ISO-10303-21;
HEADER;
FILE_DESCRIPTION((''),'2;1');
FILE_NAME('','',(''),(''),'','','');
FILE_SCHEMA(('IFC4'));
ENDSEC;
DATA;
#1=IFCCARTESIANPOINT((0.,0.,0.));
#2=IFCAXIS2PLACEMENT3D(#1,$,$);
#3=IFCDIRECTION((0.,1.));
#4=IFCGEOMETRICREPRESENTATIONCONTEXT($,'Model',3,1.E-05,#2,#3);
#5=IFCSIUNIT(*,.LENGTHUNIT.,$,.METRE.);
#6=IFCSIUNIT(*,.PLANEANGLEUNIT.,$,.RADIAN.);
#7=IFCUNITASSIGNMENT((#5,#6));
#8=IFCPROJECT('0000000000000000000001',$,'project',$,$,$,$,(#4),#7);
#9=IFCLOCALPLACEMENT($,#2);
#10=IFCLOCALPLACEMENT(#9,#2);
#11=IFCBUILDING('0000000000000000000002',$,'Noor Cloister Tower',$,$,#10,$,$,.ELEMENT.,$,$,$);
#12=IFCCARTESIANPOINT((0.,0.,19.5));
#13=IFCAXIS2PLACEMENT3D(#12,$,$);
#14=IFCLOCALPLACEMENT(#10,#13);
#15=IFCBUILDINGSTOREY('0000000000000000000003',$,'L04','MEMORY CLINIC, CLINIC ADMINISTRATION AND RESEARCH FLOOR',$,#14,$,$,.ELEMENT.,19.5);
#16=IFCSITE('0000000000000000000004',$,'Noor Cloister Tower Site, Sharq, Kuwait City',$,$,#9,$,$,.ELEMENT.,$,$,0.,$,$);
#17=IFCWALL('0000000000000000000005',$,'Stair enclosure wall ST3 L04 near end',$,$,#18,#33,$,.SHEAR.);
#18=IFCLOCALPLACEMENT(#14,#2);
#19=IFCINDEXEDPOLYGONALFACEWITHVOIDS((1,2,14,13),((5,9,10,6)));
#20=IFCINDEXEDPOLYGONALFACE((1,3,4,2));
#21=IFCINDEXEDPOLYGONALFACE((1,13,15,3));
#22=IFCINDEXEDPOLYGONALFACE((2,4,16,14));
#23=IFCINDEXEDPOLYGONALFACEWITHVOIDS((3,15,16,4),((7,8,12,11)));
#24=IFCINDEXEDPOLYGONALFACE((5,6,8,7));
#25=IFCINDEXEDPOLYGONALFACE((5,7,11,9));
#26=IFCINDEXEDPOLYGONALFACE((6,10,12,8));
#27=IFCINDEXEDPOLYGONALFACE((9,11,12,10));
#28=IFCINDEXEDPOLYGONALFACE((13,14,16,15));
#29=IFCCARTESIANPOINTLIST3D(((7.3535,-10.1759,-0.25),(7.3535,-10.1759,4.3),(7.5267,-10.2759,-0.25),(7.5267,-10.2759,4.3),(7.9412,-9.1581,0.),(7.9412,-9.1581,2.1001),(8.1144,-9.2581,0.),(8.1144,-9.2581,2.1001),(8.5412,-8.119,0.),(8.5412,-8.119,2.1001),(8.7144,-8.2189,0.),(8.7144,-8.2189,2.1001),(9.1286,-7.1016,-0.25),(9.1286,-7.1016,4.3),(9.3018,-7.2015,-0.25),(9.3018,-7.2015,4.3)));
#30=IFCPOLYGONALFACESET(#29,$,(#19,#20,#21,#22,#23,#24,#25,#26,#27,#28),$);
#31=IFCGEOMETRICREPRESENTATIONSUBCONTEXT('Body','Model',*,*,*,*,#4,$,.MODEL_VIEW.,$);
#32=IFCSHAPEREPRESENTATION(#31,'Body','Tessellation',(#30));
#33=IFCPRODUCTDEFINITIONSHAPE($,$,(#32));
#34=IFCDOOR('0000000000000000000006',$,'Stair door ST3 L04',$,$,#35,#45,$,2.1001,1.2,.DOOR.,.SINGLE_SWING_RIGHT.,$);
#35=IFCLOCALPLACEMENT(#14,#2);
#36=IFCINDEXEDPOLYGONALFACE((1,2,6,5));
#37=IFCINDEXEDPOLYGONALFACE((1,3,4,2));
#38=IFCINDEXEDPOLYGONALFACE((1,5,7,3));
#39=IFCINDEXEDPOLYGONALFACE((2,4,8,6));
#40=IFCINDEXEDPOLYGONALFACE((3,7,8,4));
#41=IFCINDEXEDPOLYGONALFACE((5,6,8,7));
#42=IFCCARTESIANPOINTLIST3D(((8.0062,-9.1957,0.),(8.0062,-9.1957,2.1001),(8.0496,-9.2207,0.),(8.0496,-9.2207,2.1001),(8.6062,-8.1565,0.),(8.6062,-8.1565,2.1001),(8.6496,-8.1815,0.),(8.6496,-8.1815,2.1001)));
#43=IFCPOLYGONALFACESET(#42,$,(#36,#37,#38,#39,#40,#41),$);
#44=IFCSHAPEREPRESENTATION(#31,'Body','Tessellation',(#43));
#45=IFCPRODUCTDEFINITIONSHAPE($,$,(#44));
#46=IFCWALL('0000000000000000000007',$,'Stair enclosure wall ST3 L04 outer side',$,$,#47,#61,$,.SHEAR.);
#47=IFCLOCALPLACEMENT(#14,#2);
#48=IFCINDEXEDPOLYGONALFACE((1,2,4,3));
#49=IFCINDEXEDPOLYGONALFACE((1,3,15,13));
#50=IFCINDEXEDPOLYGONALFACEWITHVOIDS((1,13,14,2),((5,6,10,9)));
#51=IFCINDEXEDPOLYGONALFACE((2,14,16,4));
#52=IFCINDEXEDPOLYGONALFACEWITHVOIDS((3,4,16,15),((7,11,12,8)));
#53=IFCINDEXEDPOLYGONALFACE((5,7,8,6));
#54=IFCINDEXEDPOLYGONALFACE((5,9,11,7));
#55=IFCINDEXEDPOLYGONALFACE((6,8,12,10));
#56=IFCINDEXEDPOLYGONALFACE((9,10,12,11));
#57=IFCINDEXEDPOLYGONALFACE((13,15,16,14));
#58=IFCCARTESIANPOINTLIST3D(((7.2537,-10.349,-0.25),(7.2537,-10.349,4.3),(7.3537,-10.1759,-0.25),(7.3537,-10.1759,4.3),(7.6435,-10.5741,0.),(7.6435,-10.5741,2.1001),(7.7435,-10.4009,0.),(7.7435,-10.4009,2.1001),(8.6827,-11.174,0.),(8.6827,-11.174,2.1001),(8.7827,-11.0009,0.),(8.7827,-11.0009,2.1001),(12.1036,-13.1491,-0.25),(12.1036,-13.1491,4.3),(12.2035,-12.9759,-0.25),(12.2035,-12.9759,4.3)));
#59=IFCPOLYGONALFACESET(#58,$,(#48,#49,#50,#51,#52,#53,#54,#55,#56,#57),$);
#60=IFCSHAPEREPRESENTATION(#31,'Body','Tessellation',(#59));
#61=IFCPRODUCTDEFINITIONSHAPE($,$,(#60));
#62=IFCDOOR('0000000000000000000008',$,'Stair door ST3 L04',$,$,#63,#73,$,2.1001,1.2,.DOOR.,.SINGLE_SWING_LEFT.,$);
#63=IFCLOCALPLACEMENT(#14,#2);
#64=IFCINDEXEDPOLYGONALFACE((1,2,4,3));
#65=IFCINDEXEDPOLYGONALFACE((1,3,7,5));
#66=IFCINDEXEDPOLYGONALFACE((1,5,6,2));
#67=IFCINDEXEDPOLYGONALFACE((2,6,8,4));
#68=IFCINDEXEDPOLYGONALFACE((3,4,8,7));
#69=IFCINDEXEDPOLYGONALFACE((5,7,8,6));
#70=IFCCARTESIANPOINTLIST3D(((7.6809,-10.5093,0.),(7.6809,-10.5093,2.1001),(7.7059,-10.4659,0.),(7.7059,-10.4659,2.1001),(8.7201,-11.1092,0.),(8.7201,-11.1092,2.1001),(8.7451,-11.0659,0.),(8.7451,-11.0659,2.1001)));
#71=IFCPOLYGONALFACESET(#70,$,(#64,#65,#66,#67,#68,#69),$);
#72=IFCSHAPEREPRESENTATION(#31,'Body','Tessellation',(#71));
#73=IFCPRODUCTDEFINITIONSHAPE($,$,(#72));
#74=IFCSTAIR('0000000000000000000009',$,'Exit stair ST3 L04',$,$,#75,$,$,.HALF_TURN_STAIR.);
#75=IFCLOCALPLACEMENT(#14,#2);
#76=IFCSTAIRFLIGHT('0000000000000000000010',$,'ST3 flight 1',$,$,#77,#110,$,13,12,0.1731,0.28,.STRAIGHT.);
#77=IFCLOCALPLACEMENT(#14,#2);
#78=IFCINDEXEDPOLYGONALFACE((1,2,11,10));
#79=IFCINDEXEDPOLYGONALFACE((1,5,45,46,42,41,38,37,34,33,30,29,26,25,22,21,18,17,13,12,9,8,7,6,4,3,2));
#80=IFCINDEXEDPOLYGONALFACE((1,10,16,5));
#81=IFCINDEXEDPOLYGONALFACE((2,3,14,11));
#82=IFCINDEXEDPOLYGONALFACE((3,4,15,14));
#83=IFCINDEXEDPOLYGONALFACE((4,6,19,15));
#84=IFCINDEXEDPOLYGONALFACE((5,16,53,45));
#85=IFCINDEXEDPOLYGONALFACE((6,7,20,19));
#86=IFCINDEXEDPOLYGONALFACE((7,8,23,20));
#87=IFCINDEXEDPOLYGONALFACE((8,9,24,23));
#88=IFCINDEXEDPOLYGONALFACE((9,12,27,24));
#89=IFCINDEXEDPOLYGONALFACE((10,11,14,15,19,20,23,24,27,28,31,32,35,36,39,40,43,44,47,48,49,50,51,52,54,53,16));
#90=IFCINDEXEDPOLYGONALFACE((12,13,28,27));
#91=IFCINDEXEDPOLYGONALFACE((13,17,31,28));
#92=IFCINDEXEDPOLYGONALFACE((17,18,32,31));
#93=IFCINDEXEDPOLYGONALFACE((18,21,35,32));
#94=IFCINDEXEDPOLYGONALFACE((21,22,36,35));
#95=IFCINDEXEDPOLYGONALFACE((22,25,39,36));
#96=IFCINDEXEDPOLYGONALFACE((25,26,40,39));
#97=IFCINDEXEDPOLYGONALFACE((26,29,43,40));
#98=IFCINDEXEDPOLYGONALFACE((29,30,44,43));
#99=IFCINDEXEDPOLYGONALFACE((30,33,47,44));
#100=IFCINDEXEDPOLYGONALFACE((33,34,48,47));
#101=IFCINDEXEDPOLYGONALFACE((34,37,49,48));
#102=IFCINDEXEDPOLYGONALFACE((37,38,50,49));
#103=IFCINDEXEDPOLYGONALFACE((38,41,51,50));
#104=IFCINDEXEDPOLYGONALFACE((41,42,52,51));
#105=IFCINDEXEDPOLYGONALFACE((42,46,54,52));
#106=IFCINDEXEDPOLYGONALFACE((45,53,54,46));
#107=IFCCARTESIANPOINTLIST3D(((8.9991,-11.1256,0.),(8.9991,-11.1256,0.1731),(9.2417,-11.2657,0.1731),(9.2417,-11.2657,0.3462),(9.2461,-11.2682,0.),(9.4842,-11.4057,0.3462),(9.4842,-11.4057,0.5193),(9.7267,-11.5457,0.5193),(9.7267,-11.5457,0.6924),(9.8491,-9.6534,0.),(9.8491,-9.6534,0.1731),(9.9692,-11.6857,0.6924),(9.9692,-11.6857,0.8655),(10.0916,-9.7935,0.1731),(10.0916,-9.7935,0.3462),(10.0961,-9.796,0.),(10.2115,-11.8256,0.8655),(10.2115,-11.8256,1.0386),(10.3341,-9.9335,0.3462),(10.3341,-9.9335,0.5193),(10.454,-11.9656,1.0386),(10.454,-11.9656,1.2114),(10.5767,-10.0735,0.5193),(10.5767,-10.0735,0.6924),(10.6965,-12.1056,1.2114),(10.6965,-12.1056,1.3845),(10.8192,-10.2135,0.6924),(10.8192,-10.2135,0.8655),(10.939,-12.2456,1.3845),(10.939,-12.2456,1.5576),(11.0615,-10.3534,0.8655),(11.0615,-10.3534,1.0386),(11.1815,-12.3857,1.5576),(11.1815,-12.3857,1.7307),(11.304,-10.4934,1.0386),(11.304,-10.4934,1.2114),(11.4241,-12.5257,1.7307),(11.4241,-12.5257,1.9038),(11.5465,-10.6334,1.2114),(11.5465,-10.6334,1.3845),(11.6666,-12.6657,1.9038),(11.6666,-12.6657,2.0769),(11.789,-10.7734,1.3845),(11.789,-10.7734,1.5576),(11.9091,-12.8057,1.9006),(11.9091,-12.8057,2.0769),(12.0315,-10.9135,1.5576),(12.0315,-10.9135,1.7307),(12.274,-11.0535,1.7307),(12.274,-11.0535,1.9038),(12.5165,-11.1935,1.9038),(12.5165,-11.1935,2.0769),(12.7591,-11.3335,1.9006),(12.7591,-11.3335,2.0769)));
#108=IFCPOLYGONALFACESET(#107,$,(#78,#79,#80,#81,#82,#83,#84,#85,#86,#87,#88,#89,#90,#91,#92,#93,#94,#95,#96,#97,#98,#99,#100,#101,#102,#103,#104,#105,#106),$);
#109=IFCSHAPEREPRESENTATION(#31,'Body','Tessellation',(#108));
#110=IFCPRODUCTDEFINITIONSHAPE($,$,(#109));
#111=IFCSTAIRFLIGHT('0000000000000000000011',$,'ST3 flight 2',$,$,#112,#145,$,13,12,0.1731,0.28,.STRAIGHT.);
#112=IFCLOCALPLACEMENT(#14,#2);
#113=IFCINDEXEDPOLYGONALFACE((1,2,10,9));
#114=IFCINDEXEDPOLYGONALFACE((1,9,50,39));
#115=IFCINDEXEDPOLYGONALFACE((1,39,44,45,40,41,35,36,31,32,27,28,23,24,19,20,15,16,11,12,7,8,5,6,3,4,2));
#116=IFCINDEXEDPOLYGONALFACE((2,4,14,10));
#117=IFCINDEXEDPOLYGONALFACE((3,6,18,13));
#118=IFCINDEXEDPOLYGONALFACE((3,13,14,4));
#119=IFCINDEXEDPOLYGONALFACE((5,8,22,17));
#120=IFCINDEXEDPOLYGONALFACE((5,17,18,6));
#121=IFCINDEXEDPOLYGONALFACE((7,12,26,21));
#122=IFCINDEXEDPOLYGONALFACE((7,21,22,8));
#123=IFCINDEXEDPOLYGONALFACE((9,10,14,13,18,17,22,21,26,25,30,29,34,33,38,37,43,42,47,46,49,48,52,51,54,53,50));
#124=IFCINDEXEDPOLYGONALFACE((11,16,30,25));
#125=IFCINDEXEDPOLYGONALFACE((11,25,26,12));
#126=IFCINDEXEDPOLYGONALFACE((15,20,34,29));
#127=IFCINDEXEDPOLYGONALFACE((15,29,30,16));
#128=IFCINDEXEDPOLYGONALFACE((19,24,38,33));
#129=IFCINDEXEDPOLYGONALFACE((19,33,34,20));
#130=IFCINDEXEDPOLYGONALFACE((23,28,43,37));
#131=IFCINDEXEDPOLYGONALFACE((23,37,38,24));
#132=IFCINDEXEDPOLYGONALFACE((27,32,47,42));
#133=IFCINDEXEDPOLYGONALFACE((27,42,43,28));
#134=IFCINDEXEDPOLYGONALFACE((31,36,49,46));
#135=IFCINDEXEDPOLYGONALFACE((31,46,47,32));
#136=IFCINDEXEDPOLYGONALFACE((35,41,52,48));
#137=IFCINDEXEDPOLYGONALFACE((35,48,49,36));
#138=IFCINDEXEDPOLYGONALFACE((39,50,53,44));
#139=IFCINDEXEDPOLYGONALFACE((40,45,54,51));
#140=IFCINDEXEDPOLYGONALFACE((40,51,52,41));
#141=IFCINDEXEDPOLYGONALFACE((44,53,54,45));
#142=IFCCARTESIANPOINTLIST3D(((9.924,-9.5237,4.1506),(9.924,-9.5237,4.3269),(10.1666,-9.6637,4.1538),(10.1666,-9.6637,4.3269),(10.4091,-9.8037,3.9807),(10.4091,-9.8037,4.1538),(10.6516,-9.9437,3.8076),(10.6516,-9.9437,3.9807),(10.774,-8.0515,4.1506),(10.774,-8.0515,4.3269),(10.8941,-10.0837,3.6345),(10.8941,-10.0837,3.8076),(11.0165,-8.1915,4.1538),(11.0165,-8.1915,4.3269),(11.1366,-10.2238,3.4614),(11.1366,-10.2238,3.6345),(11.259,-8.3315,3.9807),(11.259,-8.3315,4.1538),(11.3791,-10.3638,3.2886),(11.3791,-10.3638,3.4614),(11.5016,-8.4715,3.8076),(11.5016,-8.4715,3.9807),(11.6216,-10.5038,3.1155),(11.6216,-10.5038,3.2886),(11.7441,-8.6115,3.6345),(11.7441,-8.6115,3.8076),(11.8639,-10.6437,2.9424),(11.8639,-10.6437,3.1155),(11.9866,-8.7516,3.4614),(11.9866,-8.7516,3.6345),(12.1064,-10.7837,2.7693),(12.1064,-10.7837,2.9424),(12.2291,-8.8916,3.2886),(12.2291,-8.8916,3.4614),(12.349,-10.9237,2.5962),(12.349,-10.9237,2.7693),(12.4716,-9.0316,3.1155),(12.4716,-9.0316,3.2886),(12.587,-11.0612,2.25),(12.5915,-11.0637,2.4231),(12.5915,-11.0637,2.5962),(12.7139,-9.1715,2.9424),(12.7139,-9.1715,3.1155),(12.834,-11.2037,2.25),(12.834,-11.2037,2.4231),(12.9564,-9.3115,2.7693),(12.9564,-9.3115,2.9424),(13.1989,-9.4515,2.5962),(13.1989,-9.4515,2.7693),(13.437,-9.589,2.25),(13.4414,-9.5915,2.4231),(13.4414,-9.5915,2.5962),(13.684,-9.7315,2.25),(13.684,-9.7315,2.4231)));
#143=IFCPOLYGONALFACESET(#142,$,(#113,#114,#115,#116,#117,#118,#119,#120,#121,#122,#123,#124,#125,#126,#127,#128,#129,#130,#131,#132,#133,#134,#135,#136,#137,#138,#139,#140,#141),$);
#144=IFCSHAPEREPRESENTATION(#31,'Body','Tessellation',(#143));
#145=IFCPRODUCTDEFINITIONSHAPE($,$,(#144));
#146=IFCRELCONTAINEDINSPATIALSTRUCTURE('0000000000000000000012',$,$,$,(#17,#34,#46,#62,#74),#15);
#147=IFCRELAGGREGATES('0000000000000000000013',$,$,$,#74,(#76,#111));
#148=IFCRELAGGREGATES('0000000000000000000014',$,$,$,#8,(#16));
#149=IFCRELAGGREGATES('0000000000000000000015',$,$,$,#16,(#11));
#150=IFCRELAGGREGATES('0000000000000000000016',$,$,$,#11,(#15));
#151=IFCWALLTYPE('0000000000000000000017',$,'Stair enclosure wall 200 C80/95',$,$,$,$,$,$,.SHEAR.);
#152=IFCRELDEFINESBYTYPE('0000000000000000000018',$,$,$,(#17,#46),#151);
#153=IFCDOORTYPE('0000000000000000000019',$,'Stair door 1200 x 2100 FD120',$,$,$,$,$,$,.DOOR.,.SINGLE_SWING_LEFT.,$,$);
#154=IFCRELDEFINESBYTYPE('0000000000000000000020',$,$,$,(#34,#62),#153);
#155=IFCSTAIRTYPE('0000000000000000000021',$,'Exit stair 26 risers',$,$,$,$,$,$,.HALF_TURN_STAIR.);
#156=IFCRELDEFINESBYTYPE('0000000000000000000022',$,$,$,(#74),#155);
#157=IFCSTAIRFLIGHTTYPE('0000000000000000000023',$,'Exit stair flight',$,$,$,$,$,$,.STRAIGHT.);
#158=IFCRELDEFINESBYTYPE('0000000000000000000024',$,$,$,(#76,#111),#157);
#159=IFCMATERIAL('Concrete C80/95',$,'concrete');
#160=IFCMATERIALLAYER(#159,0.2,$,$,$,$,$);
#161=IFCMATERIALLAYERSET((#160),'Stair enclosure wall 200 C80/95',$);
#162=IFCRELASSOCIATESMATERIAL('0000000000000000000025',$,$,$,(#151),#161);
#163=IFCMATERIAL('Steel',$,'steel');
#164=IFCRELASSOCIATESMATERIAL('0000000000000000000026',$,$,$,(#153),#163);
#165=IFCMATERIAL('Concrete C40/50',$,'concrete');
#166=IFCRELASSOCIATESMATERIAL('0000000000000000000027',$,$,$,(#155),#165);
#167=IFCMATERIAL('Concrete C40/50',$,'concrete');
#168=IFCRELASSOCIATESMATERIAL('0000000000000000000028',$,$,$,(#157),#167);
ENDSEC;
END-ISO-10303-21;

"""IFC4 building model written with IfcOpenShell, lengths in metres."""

from ifc_helpers import new_model, si_unit, direction, frame, frame_2d, origin, place, context, subcontext, project, spatial, polyline, rectangle, outline, extrude, material, layer, layer_set, type_object, element, fill, aggregate, save


model = new_model("IFC4")

# Units and contexts
model_context = context("Model", 3, precision=1e-05, world=origin(), true_north=direction((0.0, 1.0)))
body_context = subcontext(model_context, "Body", "Model", "MODEL_VIEW")
ifc_project = project(units=[si_unit("LENGTHUNIT", "METRE"), si_unit("PLANEANGLEUNIT", "RADIAN")], contexts=[model_context])

# Site, building, storey
site_placement = place(None, origin())
site = spatial("IfcSite", under=ifc_project, at=site_placement, Name="Noor Cloister Tower Site, Sharq, Kuwait City", CompositionType="ELEMENT", RefElevation=0.0)
building_placement = place(site_placement, origin())
building = spatial("IfcBuilding", under=site, at=building_placement, Name="Noor Cloister Tower", CompositionType="ELEMENT")
storey_placement = place(building_placement, frame((0.0, 0.0, 19.5)))
storey = spatial("IfcBuildingStorey", under=building, at=storey_placement, Name="L04", Description="MEMORY CLINIC, CLINIC ADMINISTRATION AND RESEARCH FLOOR", CompositionType="ELEMENT", Elevation=19.5)

# Walls, openings, doors
ifc_material_1 = material(Name="Concrete C80/95", Category="concrete")
ifc_layer_1 = layer(ifc_material_1, 0.2)
ifc_layer_set_1 = layer_set([ifc_layer_1], Name="Stair enclosure wall 200 C80/95")
wall_type_1 = type_object("IfcWallType", Name="Stair enclosure wall 200 C80/95", PredefinedType="SHEAR", material=ifc_layer_set_1)
wall_1_placement = place(storey_placement, frame((7.4402, -10.2258, -0.25), z_axis=(0.0, 0.0, 1.0), x_axis=(0.500022, 0.866013, 0.0)))
wall_1 = element("IfcWall", 1, at=wall_1_placement, inside=storey, type_object=wall_type_1, Name="Stair enclosure wall ST3 L04 near end", PredefinedType="SHEAR", context=body_context, shape_type="SweptSolid", body=[
    extrude(rectangle(XDim=3.55, YDim=0.2, at=frame_2d((1.7749, 0.0))), origin(), (0.0, 0.0, 1.0), 4.55),
])
opening_1_placement = place(wall_1_placement, frame((1.175, 0.0, 0.25)))
opening_1 = element("IfcOpeningElement", 2, at=opening_1_placement, cuts=wall_1, PredefinedType="OPENING", context=body_context, shape_type="SweptSolid", body=[
    extrude(rectangle(XDim=1.2, YDim=2.1001, at=frame_2d((0.6001, 1.05))), frame((0.0, 0.1099, 0.0), z_axis=(0.0, -1.0, 0.0), x_axis=(1.0, 0.0, 0.0)), (0.0, 0.0, 1.0), 0.22),
])
ifc_material_2 = material(Name="Steel", Category="steel")
door_type_1 = type_object("IfcDoorType", Name="Stair door 1200 x 2100 FD120", OperationType="SINGLE_SWING_LEFT", PredefinedType="DOOR", material=ifc_material_2)
door_1_placement = place(opening_1_placement, origin())
door_1 = element("IfcDoor", 3, at=door_1_placement, inside=storey, type_object=door_type_1, Name="Stair door ST3 L04", OperationType="SINGLE_SWING_RIGHT", OverallHeight=2.1001, OverallWidth=1.2, PredefinedType="DOOR", context=body_context, shape_type="SweptSolid", body=[
    extrude(rectangle(XDim=1.2, YDim=2.1001, at=frame_2d((0.6001, 1.05))), frame((0.0, 0.0249, 0.0), z_axis=(0.0, -1.0, 0.0), x_axis=(1.0, 0.0, 0.0)), (0.0, 0.0, 1.0), 0.05),
])
fill(opening_1, door_1)
wall_2_placement = place(storey_placement, frame((7.3037, -10.2625, -0.25), z_axis=(0.0, 0.0, 1.0), x_axis=(0.866027, -0.499998, 0.0)))
wall_2 = element("IfcWall", 4, at=wall_2_placement, inside=storey, type_object=wall_type_1, Name="Stair enclosure wall ST3 L04 outer side", PredefinedType="SHEAR", context=body_context, shape_type="SweptSolid", body=[
    extrude(rectangle(XDim=5.6001, YDim=0.2, at=frame_2d((2.8, 0.0))), origin(), (0.0, 0.0, 1.0), 4.55),
])
opening_2_placement = place(wall_2_placement, frame((0.45, 0.0, 0.25)))
opening_2 = element("IfcOpeningElement", 5, at=opening_2_placement, cuts=wall_2, PredefinedType="OPENING", context=body_context, shape_type="SweptSolid", body=[
    extrude(rectangle(XDim=1.2, YDim=2.1001, at=frame_2d((0.6001, 1.05))), frame((0.0, 0.1099, 0.0), z_axis=(0.0, -1.0, 0.0), x_axis=(1.0, 0.0, 0.0)), (0.0, 0.0, 1.0), 0.22),
])
door_2_placement = place(opening_2_placement, origin())
door_2 = element("IfcDoor", 6, at=door_2_placement, inside=storey, type_object=door_type_1, Name="Stair door ST3 L04", OperationType="SINGLE_SWING_LEFT", OverallHeight=2.1001, OverallWidth=1.2, PredefinedType="DOOR", context=body_context, shape_type="SweptSolid", body=[
    extrude(rectangle(XDim=1.2, YDim=2.1001, at=frame_2d((0.6001, 1.05))), frame((0.0, 0.0249, 0.0), z_axis=(0.0, -1.0, 0.0), x_axis=(1.0, 0.0, 0.0)), (0.0, 0.0, 1.0), 0.05),
])
fill(opening_2, door_2)

# Stair, stair flights
ifc_material_3 = material(Name="Concrete C40/50", Category="concrete")
stair_type = type_object("IfcStairType", Name="Exit stair 26 risers", PredefinedType="HALF_TURN_STAIR", material=ifc_material_3)
stair_placement = place(storey_placement, origin())
stair = element("IfcStair", 7, at=stair_placement, inside=storey, type_object=stair_type, Name="Exit stair ST3 L04", PredefinedType="HALF_TURN_STAIR")
ifc_material_4 = material(Name="Concrete C40/50", Category="concrete")
stair_flight_type = type_object("IfcStairFlightType", Name="Exit stair flight", PredefinedType="STRAIGHT", material=ifc_material_4)
stair_flight_1_placement = place(storey_placement, frame((9.4241, -10.3896, 0.0), z_axis=(0.0, 0.0, 1.0), x_axis=(0.866025, -0.5, 0.0)))
stair_flight_1 = element("IfcStairFlight", 8, at=stair_flight_1_placement, type_object=stair_flight_type, Name="ST3 flight 1", NumberOfRisers=13, NumberOfTreads=12, PredefinedType="STRAIGHT", RiserHeight=0.1731, TreadLength=0.28, context=body_context, shape_type="SweptSolid", body=[
    extrude(outline(polyline([(0.0, 0.0), (0.0, 0.1731), (0.28, 0.1731), (0.28, 0.3462), (0.5601, 0.3462), (0.5601, 0.5193), (0.8401, 0.5193), (0.8401, 0.6924), (1.1201, 0.6924), (1.1201, 0.8655), (1.3999, 0.8655), (1.3999, 1.0386), (1.6799, 1.0386), (1.6799, 1.2114), (1.96, 1.2114), (1.96, 1.3845), (2.24, 1.3845), (2.24, 1.5576), (2.52, 1.5576), (2.52, 1.7307), (2.8, 1.7307), (2.8, 1.9038), (3.0801, 1.9038), (3.0801, 2.0769), (3.3601, 2.0769), (3.3601, 2.25), (3.3601, 1.9006), (0.2852, 0.0), (0.0, 0.0)])), frame((0.0, 0.8501, 0.0), z_axis=(0.0, -1.0, 0.0), x_axis=(1.0, 0.0, 0.0)), (0.0, 0.0, 1.0), 1.7),
])
stair_flight_2_placement = place(storey_placement, frame((13.259, -10.4675, 2.25), z_axis=(0.0, 0.0, 1.0), x_axis=(-0.866025, 0.5, 0.0)))
stair_flight_2 = element("IfcStairFlight", 9, at=stair_flight_2_placement, type_object=stair_flight_type, Name="ST3 flight 2", NumberOfRisers=13, NumberOfTreads=12, PredefinedType="STRAIGHT", RiserHeight=0.1731, TreadLength=0.28, context=body_context, shape_type="SweptSolid", body=[
    extrude(outline(polyline([(0.0, 0.0), (0.0, 0.1731), (0.28, 0.1731), (0.28, 0.3462), (0.5601, 0.3462), (0.5601, 0.5193), (0.8401, 0.5193), (0.8401, 0.6924), (1.1201, 0.6924), (1.1201, 0.8655), (1.3999, 0.8655), (1.3999, 1.0386), (1.6799, 1.0386), (1.6799, 1.2114), (1.96, 1.2114), (1.96, 1.3845), (2.24, 1.3845), (2.24, 1.5576), (2.52, 1.5576), (2.52, 1.7307), (2.8, 1.7307), (2.8, 1.9038), (3.0801, 1.9038), (3.0801, 2.0769), (3.3601, 2.0769), (3.3601, 2.25), (3.3601, 1.9006), (0.2852, 0.0), (0.0, 0.0)])), frame((0.0, 0.8501, 0.0), z_axis=(0.0, -1.0, 0.0), x_axis=(1.0, 0.0, 0.0)), (0.0, 0.0, 1.0), 1.7),
])
aggregate(stair, [stair_flight_1, stair_flight_2])

save(model, "model.ifc")
